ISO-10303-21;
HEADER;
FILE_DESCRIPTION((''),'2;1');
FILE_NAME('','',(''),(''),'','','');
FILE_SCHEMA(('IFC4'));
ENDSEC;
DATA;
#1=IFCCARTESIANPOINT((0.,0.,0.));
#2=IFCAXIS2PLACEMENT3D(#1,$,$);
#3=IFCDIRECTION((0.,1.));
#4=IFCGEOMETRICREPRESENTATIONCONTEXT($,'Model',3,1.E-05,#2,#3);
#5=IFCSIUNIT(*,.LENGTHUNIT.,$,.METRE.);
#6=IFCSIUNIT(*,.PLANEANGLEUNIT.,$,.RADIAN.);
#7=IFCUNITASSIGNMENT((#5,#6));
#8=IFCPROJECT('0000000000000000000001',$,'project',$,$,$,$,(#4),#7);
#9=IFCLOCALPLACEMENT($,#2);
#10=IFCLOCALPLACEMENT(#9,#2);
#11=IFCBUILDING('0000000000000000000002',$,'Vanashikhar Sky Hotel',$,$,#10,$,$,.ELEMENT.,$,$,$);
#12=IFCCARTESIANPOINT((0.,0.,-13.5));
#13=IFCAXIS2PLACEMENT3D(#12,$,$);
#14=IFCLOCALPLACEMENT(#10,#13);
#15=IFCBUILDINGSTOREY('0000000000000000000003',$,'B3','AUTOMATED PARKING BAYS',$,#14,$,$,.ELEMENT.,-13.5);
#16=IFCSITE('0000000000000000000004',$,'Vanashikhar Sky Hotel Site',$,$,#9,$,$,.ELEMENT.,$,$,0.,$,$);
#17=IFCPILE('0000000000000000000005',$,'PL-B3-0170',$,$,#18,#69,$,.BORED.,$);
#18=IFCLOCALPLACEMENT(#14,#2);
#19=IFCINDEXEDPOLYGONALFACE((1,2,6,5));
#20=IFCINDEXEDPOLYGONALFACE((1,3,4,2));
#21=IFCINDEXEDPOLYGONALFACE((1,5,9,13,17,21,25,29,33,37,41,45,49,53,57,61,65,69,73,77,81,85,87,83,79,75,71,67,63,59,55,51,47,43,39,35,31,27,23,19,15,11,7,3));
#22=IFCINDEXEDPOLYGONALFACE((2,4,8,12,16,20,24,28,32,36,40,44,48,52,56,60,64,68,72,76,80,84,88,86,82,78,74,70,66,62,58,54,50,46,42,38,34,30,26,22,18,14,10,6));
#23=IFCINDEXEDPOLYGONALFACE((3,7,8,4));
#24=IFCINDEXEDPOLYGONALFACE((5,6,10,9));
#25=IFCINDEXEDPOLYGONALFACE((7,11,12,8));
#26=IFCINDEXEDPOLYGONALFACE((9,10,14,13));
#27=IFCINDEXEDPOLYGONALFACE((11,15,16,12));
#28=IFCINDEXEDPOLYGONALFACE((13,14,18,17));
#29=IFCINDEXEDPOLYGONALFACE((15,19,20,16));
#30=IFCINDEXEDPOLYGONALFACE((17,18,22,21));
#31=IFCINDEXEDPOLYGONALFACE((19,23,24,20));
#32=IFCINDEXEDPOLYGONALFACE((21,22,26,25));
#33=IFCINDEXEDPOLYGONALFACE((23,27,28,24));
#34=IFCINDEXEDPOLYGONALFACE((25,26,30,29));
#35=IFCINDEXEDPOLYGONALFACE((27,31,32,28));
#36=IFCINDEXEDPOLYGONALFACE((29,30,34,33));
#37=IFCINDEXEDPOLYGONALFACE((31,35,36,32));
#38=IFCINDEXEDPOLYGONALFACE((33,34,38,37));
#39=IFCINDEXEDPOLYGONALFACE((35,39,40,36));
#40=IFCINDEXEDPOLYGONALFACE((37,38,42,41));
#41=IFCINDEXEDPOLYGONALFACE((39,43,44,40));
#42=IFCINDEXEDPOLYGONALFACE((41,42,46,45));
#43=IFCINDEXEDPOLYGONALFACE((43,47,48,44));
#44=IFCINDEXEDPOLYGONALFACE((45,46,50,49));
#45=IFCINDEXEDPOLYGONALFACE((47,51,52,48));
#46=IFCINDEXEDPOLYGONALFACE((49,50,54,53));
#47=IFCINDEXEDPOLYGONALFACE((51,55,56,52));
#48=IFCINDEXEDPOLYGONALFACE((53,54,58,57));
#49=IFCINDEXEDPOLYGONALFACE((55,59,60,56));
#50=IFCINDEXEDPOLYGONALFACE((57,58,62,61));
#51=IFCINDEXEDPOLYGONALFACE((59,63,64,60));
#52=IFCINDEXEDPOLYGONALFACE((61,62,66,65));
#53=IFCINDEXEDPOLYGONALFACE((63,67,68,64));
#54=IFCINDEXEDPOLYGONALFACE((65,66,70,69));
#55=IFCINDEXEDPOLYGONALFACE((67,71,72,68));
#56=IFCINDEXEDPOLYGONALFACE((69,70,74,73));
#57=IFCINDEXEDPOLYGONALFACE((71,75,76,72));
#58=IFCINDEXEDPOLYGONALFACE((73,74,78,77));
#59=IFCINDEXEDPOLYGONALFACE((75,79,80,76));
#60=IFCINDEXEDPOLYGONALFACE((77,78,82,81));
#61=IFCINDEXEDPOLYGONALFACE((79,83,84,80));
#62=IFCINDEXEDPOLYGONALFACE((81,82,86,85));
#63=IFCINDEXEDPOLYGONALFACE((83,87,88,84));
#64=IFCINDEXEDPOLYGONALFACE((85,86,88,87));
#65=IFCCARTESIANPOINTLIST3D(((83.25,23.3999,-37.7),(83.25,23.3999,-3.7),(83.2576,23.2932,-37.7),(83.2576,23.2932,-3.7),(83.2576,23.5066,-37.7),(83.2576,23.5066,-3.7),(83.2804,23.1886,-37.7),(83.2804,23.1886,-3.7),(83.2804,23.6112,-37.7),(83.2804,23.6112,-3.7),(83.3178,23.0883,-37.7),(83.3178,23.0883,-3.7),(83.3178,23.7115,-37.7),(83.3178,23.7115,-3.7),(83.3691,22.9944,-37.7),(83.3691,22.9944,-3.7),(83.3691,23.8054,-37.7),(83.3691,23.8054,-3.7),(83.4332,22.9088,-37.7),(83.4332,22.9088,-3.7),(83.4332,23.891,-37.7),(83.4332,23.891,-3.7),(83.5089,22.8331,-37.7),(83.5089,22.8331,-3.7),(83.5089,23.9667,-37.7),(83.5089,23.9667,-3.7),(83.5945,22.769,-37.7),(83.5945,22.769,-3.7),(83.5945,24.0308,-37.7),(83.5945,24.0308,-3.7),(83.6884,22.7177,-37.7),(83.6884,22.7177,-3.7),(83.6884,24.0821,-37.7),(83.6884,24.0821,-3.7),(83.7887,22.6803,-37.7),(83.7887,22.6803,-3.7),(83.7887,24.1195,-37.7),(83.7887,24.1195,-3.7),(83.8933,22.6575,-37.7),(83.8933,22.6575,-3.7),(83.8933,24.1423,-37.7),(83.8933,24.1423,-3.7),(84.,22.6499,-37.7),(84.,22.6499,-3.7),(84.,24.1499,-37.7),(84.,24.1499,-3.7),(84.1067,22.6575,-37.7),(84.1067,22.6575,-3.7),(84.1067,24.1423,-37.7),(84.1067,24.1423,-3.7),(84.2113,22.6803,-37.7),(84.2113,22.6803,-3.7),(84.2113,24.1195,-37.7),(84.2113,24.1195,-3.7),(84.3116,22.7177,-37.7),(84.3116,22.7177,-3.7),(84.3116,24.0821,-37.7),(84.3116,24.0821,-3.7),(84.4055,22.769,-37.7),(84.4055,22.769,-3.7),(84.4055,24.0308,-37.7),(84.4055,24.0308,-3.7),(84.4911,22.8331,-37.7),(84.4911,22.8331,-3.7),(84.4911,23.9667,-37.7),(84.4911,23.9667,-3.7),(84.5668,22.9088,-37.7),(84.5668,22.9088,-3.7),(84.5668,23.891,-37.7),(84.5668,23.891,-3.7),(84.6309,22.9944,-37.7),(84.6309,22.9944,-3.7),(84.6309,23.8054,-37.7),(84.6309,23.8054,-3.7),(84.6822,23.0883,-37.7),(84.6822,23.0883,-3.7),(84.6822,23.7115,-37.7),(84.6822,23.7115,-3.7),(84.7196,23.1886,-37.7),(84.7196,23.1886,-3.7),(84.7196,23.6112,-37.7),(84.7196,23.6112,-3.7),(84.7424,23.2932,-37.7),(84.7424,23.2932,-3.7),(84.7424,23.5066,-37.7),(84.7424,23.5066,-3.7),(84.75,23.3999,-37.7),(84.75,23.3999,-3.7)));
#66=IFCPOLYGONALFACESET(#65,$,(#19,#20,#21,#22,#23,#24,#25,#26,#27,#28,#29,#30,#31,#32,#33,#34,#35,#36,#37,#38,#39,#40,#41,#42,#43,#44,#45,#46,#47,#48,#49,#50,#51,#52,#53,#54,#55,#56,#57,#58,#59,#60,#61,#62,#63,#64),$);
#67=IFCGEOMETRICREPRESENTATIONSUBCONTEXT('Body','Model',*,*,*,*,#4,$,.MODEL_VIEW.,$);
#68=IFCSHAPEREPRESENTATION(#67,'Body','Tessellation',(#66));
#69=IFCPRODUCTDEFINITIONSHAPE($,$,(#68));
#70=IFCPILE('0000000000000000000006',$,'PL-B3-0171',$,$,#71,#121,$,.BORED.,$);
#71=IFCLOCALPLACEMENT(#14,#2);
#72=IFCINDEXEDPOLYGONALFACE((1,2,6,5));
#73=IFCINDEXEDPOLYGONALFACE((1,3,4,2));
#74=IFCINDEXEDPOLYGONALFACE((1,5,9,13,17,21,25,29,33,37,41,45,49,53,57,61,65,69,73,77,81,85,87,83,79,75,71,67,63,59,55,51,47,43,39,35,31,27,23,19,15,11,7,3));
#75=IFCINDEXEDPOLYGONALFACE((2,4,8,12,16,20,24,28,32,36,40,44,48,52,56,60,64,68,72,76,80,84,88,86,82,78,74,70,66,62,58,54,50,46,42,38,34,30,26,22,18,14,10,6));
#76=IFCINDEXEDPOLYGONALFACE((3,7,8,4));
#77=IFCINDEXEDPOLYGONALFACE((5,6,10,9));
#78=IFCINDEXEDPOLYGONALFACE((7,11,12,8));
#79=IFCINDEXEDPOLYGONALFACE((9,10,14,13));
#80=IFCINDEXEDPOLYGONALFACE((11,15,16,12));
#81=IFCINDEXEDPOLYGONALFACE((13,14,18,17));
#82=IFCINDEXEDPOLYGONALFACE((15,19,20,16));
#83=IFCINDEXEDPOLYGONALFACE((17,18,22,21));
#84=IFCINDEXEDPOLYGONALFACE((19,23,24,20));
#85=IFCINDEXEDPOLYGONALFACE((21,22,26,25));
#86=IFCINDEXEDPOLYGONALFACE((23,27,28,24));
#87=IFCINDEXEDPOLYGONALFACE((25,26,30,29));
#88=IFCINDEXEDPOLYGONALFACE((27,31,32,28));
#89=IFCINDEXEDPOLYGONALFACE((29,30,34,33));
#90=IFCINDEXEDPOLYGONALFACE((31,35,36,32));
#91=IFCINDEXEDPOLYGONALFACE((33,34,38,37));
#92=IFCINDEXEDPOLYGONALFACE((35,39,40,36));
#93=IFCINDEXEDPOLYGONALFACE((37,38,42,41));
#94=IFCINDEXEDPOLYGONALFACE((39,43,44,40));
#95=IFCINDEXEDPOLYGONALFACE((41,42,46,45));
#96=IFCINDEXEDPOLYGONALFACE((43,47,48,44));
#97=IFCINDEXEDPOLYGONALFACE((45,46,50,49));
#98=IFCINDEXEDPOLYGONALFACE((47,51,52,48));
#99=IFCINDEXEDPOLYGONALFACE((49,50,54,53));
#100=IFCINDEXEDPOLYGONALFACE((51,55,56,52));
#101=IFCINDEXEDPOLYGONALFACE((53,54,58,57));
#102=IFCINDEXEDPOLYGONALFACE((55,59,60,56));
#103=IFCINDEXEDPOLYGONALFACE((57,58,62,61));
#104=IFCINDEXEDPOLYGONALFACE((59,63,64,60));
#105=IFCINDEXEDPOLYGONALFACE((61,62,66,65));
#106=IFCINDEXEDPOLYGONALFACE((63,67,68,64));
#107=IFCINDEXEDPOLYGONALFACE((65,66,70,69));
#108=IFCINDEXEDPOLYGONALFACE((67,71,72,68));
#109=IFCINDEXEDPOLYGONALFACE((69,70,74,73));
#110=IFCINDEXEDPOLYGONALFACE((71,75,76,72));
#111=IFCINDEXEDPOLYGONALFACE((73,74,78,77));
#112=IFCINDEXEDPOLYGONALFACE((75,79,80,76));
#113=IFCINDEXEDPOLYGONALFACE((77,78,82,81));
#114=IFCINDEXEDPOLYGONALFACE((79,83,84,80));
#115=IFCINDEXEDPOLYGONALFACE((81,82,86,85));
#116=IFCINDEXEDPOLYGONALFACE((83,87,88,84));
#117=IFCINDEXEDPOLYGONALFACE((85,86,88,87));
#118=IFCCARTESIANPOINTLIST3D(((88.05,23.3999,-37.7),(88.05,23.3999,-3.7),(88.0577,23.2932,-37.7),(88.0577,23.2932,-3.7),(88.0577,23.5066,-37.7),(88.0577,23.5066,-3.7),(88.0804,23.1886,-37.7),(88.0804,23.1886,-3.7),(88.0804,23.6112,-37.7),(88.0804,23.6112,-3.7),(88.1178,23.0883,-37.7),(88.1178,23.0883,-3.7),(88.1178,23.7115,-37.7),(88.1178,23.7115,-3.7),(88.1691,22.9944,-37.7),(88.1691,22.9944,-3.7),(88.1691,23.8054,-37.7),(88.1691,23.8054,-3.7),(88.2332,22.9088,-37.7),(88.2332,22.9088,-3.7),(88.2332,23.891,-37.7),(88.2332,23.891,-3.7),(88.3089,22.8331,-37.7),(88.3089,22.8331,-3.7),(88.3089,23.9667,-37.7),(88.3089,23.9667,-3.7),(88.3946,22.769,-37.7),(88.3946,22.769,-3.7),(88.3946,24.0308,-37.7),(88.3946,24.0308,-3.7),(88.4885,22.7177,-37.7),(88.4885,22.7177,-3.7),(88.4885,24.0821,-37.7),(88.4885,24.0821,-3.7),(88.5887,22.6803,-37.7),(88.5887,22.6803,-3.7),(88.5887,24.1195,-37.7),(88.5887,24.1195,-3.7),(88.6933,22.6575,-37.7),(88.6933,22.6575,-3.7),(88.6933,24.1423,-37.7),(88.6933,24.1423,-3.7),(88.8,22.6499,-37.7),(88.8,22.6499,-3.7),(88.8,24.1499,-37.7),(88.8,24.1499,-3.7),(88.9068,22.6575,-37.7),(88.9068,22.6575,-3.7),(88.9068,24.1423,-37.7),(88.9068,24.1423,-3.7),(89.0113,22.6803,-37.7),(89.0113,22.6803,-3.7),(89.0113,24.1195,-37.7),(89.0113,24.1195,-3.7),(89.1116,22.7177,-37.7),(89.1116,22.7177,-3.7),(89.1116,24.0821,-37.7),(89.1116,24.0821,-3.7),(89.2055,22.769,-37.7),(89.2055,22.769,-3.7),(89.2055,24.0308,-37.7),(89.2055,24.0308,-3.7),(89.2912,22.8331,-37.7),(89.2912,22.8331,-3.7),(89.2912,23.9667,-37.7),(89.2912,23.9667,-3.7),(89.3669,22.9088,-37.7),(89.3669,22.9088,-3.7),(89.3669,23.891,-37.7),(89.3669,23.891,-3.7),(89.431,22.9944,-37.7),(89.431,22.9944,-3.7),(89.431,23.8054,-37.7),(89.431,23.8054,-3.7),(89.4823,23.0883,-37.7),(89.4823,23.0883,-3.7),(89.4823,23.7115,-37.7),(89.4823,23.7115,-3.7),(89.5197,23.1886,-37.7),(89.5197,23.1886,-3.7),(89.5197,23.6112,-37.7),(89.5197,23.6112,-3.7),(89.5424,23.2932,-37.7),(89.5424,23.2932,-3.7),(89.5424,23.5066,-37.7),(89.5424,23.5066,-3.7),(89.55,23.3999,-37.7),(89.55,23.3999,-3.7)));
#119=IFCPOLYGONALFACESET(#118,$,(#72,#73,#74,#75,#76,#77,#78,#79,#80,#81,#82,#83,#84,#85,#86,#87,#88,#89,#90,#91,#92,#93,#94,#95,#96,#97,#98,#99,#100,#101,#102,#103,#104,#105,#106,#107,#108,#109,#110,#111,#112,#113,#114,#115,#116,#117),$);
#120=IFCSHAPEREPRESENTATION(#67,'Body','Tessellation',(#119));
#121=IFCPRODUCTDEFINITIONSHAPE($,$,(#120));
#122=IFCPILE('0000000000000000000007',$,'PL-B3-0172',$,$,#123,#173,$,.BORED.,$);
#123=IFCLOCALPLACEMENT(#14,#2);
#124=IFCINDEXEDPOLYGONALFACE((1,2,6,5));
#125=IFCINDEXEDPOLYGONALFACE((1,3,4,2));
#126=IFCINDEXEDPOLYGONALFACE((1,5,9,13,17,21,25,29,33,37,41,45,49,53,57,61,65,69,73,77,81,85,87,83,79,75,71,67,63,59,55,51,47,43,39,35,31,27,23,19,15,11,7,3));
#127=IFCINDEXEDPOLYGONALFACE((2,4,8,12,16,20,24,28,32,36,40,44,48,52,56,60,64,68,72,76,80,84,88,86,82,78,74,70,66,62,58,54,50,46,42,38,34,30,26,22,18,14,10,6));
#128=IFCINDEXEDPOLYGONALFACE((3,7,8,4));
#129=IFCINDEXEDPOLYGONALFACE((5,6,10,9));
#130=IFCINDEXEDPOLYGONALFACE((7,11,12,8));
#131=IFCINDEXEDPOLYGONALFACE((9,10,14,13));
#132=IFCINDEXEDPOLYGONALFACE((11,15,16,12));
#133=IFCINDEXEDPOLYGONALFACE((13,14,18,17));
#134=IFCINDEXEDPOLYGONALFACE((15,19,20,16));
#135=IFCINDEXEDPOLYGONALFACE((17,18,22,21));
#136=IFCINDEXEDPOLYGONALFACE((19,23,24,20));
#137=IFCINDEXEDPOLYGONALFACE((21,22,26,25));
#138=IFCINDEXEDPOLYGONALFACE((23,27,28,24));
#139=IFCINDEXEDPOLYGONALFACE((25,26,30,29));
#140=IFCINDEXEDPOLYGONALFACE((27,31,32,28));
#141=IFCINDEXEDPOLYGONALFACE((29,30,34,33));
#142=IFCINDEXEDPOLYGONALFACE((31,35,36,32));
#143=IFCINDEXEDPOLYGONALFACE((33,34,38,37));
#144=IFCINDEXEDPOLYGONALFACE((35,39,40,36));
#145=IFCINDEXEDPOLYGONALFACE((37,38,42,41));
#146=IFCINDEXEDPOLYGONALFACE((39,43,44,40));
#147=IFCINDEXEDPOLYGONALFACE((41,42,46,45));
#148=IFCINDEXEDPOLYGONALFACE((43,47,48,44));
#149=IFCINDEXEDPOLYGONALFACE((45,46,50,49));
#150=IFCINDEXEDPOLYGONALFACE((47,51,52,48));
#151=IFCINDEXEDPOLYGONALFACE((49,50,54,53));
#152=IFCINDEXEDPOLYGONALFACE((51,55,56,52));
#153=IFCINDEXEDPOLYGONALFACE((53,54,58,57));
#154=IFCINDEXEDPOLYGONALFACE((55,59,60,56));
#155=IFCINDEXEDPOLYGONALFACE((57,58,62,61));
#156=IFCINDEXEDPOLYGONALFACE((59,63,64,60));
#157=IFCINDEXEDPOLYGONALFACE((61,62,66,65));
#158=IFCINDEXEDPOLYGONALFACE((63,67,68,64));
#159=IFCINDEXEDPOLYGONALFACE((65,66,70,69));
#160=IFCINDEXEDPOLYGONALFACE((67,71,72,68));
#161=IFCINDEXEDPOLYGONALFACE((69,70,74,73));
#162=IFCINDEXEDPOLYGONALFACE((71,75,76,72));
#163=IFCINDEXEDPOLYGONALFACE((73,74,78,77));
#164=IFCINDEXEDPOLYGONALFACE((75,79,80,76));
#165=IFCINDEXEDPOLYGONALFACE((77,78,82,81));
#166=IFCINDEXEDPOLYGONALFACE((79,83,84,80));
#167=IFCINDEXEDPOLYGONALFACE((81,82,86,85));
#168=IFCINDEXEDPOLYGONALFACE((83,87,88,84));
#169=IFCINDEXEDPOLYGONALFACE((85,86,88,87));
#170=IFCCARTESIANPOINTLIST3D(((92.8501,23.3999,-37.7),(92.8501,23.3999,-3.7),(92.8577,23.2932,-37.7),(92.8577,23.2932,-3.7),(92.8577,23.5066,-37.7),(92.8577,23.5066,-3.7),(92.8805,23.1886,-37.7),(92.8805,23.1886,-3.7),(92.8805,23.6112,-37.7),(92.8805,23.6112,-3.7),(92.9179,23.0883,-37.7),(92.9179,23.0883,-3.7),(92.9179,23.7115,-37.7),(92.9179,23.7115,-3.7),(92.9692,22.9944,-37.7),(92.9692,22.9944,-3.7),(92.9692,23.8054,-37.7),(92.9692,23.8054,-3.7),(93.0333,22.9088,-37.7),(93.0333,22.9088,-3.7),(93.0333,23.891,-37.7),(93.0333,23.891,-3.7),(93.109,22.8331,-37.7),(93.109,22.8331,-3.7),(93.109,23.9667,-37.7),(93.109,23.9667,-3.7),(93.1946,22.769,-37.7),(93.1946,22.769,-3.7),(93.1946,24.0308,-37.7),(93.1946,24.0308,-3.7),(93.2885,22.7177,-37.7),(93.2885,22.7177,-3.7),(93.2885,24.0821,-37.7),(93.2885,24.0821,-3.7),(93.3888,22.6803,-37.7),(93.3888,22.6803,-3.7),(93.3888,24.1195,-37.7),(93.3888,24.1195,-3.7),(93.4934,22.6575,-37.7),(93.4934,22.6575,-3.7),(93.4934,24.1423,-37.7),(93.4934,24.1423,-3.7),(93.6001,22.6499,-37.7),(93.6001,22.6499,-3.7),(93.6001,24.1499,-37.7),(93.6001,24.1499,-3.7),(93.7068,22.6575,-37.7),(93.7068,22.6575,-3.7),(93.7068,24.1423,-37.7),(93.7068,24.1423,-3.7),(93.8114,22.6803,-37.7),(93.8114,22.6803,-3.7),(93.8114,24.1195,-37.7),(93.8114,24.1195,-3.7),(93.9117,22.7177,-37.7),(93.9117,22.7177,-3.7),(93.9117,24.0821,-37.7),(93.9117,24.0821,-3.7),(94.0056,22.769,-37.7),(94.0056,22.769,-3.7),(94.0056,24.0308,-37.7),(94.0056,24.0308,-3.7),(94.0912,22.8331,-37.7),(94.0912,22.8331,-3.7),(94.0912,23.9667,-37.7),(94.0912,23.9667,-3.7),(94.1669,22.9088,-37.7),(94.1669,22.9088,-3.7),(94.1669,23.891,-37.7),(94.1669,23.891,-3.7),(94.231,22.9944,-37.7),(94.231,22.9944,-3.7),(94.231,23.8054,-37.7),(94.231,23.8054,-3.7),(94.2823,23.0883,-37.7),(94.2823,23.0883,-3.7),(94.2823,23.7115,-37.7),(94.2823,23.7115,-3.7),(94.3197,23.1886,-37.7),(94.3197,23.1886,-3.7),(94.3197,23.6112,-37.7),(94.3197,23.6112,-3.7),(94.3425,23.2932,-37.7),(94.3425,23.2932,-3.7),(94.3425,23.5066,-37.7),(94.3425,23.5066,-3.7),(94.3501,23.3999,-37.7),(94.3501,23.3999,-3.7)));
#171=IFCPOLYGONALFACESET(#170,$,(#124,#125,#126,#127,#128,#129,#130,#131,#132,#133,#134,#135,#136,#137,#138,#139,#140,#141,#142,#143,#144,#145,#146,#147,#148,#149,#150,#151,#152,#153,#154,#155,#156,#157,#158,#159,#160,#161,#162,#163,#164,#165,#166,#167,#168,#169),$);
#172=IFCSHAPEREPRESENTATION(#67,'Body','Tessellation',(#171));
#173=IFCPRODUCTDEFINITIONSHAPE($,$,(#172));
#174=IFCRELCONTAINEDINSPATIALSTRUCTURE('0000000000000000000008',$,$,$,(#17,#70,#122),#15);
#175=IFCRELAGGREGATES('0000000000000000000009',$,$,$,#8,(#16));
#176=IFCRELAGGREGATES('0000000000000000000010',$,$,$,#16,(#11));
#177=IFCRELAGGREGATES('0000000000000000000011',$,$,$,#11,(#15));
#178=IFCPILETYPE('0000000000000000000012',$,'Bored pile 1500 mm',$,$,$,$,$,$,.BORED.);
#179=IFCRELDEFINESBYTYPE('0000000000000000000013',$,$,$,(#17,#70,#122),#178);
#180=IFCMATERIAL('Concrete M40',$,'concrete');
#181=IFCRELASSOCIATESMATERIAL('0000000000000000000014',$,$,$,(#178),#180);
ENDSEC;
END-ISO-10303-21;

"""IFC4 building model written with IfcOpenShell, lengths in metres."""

from ifc_helpers import new_model, si_unit, direction, frame, origin, origin_2d, place, context, subcontext, project, spatial, circle, extrude, source, transform, mapped, material, type_object, element, save


model = new_model("IFC4")

# Units and contexts
model_context = context("Model", 3, precision=1e-05, world=origin(), true_north=direction((0.0, 1.0)))
body_context = subcontext(model_context, "Body", "Model", "MODEL_VIEW")
ifc_project = project(units=[si_unit("LENGTHUNIT", "METRE"), si_unit("PLANEANGLEUNIT", "RADIAN")], contexts=[model_context])

# Site, building, storey
site_placement = place(None, origin())
site = spatial("IfcSite", under=ifc_project, at=site_placement, Name="Vanashikhar Sky Hotel Site", CompositionType="ELEMENT", RefElevation=0.0)
building_placement = place(site_placement, origin())
building = spatial("IfcBuilding", under=site, at=building_placement, Name="Vanashikhar Sky Hotel", CompositionType="ELEMENT")
storey_placement = place(building_placement, frame((0.0, 0.0, -13.5)))
storey = spatial("IfcBuildingStorey", under=building, at=storey_placement, Name="B3", Description="AUTOMATED PARKING BAYS", CompositionType="ELEMENT", Elevation=-13.5)

# Piles
ifc_material_1 = material(Name="Concrete M40", Category="concrete")
pile_type = type_object("IfcPileType", Name="Bored pile 1500 mm", PredefinedType="BORED", material=ifc_material_1)
shared_shape_1 = source(origin(), body_context, "Body", "SweptSolid", [
    extrude(circle(Radius=0.75, at=origin_2d()), origin(), (0.0, 0.0, 1.0), 34.0),
])
for number, where, z_axis, x_axis, name in (
    (1, (84.0, 23.3999, -3.7), (0.0, 0.0, -1.0), (1.0, 0.0, 0.0), "PL-B3-0170"),
    (2, (88.8, 23.3999, -3.7), (0.0, 0.0, -1.0), (1.0, 0.0, 0.0), "PL-B3-0171"),
    (3, (93.6001, 23.3999, -3.7), (0.0, 0.0, -1.0), (1.0, 0.0, 0.0), "PL-B3-0172"),
):
    element("IfcPile", number, at=place(storey_placement, frame(where, z_axis=z_axis, x_axis=x_axis)), inside=storey, type_object=pile_type, Name=name, PredefinedType="BORED", context=body_context, shape_type="MappedRepresentation", body=[
        mapped(shared_shape_1, transform((0.0, 0.0, 0.0), scale=1.0)),
    ])

save(model, "model.ifc")
